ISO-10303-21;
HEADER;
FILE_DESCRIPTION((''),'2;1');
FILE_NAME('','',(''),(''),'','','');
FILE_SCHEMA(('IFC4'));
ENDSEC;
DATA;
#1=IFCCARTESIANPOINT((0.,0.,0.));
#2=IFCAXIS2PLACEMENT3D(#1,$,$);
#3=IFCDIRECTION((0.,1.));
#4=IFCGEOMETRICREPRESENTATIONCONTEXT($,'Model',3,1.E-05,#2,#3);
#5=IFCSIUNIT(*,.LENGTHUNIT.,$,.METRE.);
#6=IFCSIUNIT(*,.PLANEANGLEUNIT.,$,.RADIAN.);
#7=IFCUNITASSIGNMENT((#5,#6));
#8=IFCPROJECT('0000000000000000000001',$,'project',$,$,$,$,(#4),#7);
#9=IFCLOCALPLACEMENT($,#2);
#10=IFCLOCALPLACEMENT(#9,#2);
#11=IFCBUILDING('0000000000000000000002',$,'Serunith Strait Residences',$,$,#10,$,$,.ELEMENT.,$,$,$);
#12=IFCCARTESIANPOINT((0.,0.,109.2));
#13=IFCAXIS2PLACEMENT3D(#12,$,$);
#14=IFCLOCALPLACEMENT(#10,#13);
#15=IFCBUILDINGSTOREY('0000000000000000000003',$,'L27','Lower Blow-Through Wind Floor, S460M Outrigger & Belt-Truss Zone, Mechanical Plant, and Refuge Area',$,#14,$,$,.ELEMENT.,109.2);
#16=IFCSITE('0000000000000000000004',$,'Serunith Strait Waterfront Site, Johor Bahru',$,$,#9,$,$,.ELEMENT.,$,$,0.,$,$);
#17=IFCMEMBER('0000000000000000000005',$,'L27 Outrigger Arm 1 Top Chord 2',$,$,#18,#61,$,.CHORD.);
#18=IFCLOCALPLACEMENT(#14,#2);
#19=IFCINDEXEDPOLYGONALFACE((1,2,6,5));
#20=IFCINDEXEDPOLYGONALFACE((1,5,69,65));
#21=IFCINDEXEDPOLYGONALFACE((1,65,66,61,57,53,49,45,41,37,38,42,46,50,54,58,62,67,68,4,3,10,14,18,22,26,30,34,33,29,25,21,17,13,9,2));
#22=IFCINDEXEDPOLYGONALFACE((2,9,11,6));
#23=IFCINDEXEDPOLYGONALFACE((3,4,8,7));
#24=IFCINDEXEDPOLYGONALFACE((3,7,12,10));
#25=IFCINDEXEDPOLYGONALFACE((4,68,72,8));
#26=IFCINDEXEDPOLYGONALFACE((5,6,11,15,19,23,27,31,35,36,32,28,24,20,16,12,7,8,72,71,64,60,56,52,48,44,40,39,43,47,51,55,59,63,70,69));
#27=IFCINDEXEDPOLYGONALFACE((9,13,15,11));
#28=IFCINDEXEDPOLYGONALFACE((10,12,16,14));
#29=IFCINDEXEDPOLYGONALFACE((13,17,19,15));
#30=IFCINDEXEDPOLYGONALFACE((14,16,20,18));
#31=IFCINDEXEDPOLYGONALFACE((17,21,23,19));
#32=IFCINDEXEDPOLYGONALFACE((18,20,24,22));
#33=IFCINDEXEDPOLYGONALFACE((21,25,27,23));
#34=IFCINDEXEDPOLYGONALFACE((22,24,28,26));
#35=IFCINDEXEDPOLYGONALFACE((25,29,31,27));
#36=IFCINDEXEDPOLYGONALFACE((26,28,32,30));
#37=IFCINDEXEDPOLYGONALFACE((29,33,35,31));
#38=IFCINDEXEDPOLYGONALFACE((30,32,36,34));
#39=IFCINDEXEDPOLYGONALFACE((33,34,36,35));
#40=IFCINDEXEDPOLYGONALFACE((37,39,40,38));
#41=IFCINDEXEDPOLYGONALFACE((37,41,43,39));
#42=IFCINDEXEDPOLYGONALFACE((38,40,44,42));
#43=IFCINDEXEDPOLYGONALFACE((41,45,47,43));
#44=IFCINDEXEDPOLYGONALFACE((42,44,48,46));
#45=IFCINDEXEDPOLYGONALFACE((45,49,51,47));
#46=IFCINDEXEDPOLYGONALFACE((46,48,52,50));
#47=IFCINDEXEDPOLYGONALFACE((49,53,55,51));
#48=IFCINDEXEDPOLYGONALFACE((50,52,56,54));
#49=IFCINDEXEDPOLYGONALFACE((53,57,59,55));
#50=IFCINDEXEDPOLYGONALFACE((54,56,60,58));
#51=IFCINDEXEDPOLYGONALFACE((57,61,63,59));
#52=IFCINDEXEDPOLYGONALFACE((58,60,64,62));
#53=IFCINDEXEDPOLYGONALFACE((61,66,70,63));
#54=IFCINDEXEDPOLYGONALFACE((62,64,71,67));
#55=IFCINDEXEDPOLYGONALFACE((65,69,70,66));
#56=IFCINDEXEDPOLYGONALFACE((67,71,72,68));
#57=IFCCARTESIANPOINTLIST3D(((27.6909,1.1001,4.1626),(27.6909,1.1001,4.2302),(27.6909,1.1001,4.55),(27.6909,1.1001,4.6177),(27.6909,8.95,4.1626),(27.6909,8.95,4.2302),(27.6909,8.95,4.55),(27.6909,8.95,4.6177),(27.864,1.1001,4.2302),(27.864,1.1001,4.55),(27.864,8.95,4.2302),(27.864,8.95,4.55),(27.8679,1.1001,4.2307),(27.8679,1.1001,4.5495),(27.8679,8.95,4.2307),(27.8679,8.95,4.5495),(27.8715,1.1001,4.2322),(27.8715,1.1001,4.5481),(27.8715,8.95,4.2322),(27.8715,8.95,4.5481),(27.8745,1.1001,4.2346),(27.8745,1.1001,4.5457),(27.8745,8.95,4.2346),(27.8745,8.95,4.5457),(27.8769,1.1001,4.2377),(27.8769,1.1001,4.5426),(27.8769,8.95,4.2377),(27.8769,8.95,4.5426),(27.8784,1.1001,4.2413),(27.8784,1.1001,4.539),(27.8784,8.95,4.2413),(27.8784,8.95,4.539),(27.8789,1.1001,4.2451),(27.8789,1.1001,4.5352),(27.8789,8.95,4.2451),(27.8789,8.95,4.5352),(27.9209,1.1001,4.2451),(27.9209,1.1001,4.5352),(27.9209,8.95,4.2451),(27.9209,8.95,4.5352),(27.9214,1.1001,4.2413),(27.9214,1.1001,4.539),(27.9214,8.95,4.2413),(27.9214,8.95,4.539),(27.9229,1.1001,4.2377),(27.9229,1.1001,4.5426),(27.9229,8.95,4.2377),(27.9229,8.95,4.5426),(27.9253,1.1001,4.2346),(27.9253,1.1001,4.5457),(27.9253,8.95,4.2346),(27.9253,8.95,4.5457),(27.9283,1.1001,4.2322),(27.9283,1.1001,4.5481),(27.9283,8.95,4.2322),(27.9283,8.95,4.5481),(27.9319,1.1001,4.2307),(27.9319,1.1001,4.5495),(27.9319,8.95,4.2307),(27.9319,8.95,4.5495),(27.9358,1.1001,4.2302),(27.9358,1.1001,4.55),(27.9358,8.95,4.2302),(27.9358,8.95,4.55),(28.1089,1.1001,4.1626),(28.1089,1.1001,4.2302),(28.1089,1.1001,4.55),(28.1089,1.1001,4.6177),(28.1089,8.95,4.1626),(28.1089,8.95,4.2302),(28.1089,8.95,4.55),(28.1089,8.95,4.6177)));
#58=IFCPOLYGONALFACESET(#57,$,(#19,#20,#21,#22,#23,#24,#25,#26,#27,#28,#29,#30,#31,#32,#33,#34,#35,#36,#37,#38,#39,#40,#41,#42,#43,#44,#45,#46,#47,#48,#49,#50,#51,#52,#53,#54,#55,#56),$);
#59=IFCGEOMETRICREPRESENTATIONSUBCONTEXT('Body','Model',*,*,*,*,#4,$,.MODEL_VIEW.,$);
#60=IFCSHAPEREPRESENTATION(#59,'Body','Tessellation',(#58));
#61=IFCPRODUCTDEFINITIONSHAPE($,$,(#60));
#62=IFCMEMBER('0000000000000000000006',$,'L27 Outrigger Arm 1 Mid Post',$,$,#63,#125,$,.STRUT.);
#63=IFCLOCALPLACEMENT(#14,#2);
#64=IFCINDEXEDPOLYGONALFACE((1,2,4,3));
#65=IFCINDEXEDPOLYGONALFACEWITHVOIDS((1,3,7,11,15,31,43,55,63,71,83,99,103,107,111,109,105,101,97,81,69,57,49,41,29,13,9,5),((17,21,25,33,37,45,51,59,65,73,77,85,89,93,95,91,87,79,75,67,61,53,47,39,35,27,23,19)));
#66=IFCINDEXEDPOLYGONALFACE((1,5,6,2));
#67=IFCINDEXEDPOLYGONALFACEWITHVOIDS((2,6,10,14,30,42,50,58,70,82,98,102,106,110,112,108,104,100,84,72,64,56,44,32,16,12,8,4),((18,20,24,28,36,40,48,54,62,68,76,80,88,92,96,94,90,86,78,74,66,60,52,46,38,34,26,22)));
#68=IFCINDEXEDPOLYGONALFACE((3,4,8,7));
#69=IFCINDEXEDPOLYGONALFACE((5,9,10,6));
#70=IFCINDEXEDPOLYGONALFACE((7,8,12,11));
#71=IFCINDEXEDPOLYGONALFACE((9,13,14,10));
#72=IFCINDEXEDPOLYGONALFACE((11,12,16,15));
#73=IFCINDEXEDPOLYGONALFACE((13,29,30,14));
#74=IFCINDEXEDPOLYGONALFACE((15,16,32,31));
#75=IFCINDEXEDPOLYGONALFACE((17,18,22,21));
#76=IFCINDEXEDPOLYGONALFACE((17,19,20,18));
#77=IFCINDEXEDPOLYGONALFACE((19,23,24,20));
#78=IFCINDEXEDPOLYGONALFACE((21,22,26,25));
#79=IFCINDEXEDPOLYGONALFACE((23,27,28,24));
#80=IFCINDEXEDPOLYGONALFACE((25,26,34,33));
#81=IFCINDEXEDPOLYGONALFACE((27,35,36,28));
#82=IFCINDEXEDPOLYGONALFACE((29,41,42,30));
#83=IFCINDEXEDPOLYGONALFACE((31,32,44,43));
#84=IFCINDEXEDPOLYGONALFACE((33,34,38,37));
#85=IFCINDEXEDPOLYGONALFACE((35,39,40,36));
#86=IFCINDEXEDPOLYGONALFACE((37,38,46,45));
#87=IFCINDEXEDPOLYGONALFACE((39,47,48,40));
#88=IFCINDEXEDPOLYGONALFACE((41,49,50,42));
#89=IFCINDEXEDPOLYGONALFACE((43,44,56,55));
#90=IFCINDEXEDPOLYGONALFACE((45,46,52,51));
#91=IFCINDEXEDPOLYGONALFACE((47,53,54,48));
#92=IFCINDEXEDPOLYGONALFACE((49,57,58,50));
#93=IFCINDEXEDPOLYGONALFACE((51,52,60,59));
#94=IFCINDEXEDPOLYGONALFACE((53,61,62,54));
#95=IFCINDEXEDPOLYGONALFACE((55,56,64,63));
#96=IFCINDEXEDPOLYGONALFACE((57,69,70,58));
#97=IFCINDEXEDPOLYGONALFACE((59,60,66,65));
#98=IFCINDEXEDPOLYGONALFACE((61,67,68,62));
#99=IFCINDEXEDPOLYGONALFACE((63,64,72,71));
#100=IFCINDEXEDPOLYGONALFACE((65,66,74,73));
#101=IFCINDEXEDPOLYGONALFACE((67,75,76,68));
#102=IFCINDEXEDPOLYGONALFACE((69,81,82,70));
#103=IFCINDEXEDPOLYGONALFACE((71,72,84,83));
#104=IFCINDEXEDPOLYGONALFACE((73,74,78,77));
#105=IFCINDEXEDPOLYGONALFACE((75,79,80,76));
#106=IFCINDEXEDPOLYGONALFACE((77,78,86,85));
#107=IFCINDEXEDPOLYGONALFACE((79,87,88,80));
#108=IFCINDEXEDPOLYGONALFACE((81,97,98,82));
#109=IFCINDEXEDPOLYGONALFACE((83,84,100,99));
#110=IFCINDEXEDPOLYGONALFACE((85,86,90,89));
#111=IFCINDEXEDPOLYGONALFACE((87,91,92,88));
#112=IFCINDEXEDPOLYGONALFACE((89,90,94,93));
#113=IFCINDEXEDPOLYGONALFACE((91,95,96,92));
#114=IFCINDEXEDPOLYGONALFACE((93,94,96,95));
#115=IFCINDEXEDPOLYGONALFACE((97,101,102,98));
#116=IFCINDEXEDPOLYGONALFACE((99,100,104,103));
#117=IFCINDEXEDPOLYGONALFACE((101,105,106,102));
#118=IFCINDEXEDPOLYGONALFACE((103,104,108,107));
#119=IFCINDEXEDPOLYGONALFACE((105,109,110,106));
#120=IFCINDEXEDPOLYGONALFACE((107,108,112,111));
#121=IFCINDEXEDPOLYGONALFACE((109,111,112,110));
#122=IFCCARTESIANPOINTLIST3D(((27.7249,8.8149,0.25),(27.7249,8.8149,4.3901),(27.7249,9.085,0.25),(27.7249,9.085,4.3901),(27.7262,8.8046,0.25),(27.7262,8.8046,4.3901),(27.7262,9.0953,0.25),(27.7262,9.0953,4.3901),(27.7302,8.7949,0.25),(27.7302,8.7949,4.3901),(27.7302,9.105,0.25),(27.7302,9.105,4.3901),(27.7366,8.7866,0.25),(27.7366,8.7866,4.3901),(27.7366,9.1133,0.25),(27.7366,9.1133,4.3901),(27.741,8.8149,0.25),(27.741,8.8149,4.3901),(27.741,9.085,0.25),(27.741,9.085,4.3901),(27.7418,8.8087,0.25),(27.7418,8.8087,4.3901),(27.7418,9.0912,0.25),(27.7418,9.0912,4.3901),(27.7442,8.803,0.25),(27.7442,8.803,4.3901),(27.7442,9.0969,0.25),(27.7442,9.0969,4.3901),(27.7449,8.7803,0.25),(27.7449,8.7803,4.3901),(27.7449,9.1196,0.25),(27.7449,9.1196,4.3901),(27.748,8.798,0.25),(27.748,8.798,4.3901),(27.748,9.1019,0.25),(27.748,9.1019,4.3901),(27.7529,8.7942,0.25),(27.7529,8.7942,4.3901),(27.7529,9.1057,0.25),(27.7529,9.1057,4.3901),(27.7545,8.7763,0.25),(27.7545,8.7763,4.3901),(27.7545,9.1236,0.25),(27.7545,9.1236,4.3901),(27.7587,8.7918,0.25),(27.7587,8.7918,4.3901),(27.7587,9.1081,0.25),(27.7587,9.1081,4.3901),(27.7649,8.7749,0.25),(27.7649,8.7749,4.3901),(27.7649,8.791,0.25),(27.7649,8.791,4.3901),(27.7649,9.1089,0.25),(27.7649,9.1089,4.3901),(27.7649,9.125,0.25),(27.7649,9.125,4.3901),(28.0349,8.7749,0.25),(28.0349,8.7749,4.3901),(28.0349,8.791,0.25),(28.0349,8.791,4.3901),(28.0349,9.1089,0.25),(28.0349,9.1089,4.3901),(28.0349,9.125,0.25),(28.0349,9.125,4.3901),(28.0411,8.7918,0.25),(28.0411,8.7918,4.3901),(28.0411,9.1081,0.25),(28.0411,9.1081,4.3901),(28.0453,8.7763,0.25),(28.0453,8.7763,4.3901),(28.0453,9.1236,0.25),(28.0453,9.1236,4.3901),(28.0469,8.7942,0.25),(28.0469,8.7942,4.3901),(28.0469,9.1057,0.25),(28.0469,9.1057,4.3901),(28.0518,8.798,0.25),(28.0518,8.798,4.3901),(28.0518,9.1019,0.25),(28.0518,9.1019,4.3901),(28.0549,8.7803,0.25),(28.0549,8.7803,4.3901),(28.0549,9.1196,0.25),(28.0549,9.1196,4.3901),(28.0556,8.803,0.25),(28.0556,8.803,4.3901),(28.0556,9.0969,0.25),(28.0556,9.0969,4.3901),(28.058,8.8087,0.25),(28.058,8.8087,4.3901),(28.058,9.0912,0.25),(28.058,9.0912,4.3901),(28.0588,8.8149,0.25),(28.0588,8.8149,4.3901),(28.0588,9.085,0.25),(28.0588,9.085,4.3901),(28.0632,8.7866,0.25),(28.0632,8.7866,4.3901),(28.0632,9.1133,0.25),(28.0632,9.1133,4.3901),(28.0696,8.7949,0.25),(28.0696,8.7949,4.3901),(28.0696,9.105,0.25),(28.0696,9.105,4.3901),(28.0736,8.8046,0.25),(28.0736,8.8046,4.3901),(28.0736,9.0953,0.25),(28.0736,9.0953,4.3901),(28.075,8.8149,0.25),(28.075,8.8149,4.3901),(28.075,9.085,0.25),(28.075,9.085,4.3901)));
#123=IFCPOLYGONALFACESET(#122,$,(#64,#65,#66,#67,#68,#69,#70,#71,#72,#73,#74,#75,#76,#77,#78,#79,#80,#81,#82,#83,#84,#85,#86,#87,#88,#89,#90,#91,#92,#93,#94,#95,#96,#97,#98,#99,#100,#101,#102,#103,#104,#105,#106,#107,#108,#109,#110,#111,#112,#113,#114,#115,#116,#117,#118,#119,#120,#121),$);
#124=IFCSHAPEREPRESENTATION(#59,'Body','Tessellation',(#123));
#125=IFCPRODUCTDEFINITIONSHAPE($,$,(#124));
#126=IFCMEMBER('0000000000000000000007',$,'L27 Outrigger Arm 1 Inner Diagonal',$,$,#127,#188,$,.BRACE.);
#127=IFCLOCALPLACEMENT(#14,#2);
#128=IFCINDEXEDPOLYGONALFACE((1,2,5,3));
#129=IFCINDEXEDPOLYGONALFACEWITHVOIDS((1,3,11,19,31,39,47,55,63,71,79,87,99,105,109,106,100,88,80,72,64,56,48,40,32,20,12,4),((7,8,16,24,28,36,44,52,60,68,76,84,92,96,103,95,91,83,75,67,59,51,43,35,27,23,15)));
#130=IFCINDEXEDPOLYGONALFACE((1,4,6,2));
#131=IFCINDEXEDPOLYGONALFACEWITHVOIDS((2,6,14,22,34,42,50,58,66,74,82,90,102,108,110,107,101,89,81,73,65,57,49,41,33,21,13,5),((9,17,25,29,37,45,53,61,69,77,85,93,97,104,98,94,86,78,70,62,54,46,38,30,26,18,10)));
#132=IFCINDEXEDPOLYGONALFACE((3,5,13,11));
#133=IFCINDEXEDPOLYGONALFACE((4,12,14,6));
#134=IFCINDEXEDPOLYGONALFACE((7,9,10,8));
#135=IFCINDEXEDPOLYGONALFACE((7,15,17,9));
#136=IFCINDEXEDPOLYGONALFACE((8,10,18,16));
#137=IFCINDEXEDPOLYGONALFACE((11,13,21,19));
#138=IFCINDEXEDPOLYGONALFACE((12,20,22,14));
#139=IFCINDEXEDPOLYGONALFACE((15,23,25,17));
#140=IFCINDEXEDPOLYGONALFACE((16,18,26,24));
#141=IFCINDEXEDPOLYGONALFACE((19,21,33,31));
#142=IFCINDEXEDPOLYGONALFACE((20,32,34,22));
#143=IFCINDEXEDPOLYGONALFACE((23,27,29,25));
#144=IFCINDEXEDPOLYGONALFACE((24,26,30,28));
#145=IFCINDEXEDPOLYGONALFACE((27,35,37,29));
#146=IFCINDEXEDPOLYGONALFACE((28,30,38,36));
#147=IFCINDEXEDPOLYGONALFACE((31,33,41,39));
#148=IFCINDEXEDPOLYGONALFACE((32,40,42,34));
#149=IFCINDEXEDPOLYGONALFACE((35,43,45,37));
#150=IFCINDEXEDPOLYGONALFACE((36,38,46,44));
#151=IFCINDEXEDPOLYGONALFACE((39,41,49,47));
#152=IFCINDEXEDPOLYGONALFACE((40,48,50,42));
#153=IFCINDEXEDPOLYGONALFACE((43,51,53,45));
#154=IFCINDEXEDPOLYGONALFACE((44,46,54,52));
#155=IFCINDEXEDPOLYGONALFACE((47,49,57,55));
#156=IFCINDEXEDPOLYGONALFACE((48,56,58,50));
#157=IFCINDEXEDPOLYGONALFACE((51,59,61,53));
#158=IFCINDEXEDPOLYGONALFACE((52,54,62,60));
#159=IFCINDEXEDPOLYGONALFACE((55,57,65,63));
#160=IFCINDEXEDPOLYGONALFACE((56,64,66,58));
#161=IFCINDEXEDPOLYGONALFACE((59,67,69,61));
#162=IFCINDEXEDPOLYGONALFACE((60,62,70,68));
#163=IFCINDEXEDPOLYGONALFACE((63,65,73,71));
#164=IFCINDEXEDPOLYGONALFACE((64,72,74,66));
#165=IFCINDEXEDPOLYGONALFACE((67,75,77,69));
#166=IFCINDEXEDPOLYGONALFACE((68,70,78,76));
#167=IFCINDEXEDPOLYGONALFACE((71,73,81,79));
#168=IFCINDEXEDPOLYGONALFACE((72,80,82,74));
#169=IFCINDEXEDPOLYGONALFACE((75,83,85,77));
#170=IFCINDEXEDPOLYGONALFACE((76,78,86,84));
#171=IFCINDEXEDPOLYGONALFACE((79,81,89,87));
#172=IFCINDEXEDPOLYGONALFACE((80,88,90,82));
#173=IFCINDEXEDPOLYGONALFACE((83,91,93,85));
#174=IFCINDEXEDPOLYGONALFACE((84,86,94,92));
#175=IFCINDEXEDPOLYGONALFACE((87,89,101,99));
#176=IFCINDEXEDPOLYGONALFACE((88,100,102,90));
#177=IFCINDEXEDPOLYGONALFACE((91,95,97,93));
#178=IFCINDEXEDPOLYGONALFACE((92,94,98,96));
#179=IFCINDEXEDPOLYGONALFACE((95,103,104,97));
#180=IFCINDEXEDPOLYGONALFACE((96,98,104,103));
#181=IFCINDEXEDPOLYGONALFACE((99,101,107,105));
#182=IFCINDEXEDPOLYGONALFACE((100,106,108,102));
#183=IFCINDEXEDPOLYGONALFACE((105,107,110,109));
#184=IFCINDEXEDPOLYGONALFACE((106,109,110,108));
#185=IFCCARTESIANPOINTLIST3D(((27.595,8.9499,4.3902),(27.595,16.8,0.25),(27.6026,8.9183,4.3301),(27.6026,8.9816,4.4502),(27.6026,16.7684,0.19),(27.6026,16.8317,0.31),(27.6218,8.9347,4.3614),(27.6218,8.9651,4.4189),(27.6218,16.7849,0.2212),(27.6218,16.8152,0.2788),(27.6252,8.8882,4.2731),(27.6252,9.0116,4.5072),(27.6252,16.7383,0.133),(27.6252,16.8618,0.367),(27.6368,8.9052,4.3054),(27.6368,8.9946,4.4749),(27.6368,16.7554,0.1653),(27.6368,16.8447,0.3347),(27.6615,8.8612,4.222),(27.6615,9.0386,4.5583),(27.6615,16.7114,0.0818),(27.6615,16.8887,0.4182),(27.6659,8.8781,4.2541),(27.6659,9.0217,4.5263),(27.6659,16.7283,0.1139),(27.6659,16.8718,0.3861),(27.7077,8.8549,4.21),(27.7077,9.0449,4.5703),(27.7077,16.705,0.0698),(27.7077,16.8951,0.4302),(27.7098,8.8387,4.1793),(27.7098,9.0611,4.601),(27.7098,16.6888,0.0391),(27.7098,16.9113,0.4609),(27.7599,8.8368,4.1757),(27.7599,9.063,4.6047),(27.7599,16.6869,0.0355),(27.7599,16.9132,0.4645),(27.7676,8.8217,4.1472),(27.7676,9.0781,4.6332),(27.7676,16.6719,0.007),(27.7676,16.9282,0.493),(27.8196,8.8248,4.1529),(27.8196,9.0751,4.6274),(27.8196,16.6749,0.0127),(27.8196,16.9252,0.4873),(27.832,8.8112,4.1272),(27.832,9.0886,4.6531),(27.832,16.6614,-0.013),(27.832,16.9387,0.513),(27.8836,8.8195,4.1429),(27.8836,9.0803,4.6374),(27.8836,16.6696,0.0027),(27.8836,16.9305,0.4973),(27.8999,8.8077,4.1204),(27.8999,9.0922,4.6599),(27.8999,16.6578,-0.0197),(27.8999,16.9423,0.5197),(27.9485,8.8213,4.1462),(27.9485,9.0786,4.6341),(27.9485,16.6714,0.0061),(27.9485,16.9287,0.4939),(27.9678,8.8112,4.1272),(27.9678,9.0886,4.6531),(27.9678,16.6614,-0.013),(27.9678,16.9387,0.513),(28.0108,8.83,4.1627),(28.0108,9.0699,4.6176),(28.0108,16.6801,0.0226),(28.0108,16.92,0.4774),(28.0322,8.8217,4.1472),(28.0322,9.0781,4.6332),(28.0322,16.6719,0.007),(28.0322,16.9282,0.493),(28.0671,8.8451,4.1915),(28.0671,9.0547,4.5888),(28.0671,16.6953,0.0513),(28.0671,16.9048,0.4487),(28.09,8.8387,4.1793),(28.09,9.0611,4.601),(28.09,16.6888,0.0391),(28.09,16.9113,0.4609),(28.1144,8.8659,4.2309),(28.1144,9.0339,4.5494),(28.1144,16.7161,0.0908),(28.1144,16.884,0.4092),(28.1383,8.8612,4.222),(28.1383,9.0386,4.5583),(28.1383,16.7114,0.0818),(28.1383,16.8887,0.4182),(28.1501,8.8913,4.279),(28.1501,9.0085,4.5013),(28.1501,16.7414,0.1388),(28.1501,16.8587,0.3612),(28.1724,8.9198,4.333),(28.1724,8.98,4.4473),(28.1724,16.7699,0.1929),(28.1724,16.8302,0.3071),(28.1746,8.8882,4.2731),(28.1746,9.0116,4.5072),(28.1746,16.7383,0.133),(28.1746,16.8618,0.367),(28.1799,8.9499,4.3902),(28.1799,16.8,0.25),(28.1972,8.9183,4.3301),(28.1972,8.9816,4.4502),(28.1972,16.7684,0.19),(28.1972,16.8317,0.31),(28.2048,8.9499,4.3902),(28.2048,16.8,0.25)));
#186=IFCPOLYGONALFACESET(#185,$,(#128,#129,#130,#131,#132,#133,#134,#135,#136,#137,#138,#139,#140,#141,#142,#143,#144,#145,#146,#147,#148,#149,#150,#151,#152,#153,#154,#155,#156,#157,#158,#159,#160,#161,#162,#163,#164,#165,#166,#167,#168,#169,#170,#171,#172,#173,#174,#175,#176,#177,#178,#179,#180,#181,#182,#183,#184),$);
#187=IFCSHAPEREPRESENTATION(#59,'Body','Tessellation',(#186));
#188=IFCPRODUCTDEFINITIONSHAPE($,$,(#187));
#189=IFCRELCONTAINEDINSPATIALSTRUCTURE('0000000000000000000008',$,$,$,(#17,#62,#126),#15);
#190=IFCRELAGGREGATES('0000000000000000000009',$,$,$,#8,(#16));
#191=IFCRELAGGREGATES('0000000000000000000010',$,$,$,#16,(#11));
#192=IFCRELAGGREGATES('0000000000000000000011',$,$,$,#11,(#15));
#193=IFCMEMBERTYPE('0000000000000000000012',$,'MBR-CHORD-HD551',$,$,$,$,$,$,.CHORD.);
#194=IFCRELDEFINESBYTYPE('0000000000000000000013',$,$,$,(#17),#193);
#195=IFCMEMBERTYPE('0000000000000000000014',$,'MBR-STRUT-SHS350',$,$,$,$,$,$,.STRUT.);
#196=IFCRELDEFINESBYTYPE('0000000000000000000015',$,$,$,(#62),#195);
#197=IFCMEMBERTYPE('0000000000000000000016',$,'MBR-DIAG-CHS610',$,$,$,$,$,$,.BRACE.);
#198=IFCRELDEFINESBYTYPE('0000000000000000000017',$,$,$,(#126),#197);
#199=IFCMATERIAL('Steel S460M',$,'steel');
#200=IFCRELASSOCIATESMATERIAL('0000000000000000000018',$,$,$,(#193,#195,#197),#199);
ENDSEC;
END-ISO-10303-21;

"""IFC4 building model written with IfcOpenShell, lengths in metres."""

from ifc_helpers import new_model, si_unit, direction, frame, origin, origin_2d, place, context, subcontext, project, spatial, hollow_rectangle, hollow_circle, i_section, extrude, source, transform, mapped, material, material_profile, profile_set, type_object, element, save


model = new_model("IFC4")

# Units and contexts
model_context = context("Model", 3, precision=1e-05, world=origin(), true_north=direction((0.0, 1.0)))
body_context = subcontext(model_context, "Body", "Model", "MODEL_VIEW")
ifc_project = project(units=[si_unit("LENGTHUNIT", "METRE"), si_unit("PLANEANGLEUNIT", "RADIAN")], contexts=[model_context])

# Site, building, storey
site_placement = place(None, origin())
site = spatial("IfcSite", under=ifc_project, at=site_placement, Name="Serunith Strait Waterfront Site, Johor Bahru", CompositionType="ELEMENT", RefElevation=0.0)
building_placement = place(site_placement, origin())
building = spatial("IfcBuilding", under=site, at=building_placement, Name="Serunith Strait Residences", CompositionType="ELEMENT")
storey_placement = place(building_placement, frame((0.0, 0.0, 109.2)))
storey = spatial("IfcBuildingStorey", under=building, at=storey_placement, Name="L27", Description="Lower Blow-Through Wind Floor, S460M Outrigger & Belt-Truss Zone, Mechanical Plant, and Refuge Area", CompositionType="ELEMENT", Elevation=109.2)

# Members
ifc_material_1 = material(Name="Steel S460M", Category="steel")
ifc_material_profile_1 = material_profile(ifc_material_1, i_section(OverallWidth=0.418, OverallDepth=0.4551, WebThickness=0.042, FlangeThickness=0.0676, FilletRadius=0.0149, at=origin_2d()), Name="HD 400x551")
ifc_profile_set_1 = profile_set([ifc_material_profile_1], Name="Steel S460M")
member_type_1 = type_object("IfcMemberType", Name="MBR-CHORD-HD551", PredefinedType="CHORD", material=ifc_profile_set_1)
shared_shape_1 = source(origin(), body_context, "Body", "SweptSolid", [
    extrude(i_section(OverallWidth=0.418, OverallDepth=0.4551, WebThickness=0.042, FlangeThickness=0.0676, FilletRadius=0.0149, at=origin_2d()), origin(), (0.0, 0.0, 1.0), 7.8499),
])
for number, where, z_axis, x_axis, name in (
    (1, (27.8999, 8.95, 4.3901), (0.0, -1.0, 0.0), (1.0, 0.0, 0.0), "L27 Outrigger Arm 1 Top Chord 2"),
):
    element("IfcMember", number, at=place(storey_placement, frame(where, z_axis=z_axis, x_axis=x_axis)), inside=storey, type_object=member_type_1, Name=name, PredefinedType="CHORD", context=body_context, shape_type="MappedRepresentation", body=[
        mapped(shared_shape_1, transform((0.0, 0.0, 0.0), scale=1.0)),
    ])
ifc_material_profile_2 = material_profile(ifc_material_1, hollow_rectangle(XDim=0.3501, YDim=0.3501, WallThickness=0.0161, InnerFilletRadius=0.0239, OuterFilletRadius=0.04, at=origin_2d()), Name="SHS 350x350x16")
ifc_profile_set_2 = profile_set([ifc_material_profile_2], Name="Steel S460M")
member_type_2 = type_object("IfcMemberType", Name="MBR-STRUT-SHS350", PredefinedType="STRUT", material=ifc_profile_set_2)
shared_shape_2 = source(origin(), body_context, "Body", "SweptSolid", [
    extrude(hollow_rectangle(XDim=0.3501, YDim=0.3501, WallThickness=0.0161, InnerFilletRadius=0.0239, OuterFilletRadius=0.04, at=origin_2d()), origin(), (0.0, 0.0, 1.0), 4.1401),
])
member_1_placement = place(storey_placement, frame((27.8999, 8.95, 0.25), z_axis=(0.0, 0.0, 1.0), x_axis=(1.0, 0.0, 0.0)))
element("IfcMember", 2, at=member_1_placement, inside=storey, type_object=member_type_2, Name="L27 Outrigger Arm 1 Mid Post", PredefinedType="STRUT", context=body_context, shape_type="MappedRepresentation", body=[
    mapped(shared_shape_2, transform((0.0, 0.0, 0.0), scale=1.0)),
])
ifc_material_profile_3 = material_profile(ifc_material_1, hollow_circle(Radius=0.3049, WallThickness=0.0249, at=origin_2d()), Name="CHS 610x25")
ifc_profile_set_3 = profile_set([ifc_material_profile_3], Name="Steel S460M")
member_type_3 = type_object("IfcMemberType", Name="MBR-DIAG-CHS610", PredefinedType="BRACE", material=ifc_profile_set_3)
shared_shape_3 = source(origin(), body_context, "Body", "SweptSolid", [
    extrude(hollow_circle(Radius=0.3049, WallThickness=0.0249, at=origin_2d()), origin(), (0.0, 0.0, 1.0), 8.875),
])
member_2_placement = place(storey_placement, frame((27.8999, 16.8, 0.25), z_axis=(0.0, -0.884523, 0.466497), x_axis=(1.0, 0.0, 0.0)))
element("IfcMember", 3, at=member_2_placement, inside=storey, type_object=member_type_3, Name="L27 Outrigger Arm 1 Inner Diagonal", PredefinedType="BRACE", context=body_context, shape_type="MappedRepresentation", body=[
    mapped(shared_shape_3, transform((0.0, 0.0, 0.0), scale=1.0)),
])

save(model, "model.ifc")
